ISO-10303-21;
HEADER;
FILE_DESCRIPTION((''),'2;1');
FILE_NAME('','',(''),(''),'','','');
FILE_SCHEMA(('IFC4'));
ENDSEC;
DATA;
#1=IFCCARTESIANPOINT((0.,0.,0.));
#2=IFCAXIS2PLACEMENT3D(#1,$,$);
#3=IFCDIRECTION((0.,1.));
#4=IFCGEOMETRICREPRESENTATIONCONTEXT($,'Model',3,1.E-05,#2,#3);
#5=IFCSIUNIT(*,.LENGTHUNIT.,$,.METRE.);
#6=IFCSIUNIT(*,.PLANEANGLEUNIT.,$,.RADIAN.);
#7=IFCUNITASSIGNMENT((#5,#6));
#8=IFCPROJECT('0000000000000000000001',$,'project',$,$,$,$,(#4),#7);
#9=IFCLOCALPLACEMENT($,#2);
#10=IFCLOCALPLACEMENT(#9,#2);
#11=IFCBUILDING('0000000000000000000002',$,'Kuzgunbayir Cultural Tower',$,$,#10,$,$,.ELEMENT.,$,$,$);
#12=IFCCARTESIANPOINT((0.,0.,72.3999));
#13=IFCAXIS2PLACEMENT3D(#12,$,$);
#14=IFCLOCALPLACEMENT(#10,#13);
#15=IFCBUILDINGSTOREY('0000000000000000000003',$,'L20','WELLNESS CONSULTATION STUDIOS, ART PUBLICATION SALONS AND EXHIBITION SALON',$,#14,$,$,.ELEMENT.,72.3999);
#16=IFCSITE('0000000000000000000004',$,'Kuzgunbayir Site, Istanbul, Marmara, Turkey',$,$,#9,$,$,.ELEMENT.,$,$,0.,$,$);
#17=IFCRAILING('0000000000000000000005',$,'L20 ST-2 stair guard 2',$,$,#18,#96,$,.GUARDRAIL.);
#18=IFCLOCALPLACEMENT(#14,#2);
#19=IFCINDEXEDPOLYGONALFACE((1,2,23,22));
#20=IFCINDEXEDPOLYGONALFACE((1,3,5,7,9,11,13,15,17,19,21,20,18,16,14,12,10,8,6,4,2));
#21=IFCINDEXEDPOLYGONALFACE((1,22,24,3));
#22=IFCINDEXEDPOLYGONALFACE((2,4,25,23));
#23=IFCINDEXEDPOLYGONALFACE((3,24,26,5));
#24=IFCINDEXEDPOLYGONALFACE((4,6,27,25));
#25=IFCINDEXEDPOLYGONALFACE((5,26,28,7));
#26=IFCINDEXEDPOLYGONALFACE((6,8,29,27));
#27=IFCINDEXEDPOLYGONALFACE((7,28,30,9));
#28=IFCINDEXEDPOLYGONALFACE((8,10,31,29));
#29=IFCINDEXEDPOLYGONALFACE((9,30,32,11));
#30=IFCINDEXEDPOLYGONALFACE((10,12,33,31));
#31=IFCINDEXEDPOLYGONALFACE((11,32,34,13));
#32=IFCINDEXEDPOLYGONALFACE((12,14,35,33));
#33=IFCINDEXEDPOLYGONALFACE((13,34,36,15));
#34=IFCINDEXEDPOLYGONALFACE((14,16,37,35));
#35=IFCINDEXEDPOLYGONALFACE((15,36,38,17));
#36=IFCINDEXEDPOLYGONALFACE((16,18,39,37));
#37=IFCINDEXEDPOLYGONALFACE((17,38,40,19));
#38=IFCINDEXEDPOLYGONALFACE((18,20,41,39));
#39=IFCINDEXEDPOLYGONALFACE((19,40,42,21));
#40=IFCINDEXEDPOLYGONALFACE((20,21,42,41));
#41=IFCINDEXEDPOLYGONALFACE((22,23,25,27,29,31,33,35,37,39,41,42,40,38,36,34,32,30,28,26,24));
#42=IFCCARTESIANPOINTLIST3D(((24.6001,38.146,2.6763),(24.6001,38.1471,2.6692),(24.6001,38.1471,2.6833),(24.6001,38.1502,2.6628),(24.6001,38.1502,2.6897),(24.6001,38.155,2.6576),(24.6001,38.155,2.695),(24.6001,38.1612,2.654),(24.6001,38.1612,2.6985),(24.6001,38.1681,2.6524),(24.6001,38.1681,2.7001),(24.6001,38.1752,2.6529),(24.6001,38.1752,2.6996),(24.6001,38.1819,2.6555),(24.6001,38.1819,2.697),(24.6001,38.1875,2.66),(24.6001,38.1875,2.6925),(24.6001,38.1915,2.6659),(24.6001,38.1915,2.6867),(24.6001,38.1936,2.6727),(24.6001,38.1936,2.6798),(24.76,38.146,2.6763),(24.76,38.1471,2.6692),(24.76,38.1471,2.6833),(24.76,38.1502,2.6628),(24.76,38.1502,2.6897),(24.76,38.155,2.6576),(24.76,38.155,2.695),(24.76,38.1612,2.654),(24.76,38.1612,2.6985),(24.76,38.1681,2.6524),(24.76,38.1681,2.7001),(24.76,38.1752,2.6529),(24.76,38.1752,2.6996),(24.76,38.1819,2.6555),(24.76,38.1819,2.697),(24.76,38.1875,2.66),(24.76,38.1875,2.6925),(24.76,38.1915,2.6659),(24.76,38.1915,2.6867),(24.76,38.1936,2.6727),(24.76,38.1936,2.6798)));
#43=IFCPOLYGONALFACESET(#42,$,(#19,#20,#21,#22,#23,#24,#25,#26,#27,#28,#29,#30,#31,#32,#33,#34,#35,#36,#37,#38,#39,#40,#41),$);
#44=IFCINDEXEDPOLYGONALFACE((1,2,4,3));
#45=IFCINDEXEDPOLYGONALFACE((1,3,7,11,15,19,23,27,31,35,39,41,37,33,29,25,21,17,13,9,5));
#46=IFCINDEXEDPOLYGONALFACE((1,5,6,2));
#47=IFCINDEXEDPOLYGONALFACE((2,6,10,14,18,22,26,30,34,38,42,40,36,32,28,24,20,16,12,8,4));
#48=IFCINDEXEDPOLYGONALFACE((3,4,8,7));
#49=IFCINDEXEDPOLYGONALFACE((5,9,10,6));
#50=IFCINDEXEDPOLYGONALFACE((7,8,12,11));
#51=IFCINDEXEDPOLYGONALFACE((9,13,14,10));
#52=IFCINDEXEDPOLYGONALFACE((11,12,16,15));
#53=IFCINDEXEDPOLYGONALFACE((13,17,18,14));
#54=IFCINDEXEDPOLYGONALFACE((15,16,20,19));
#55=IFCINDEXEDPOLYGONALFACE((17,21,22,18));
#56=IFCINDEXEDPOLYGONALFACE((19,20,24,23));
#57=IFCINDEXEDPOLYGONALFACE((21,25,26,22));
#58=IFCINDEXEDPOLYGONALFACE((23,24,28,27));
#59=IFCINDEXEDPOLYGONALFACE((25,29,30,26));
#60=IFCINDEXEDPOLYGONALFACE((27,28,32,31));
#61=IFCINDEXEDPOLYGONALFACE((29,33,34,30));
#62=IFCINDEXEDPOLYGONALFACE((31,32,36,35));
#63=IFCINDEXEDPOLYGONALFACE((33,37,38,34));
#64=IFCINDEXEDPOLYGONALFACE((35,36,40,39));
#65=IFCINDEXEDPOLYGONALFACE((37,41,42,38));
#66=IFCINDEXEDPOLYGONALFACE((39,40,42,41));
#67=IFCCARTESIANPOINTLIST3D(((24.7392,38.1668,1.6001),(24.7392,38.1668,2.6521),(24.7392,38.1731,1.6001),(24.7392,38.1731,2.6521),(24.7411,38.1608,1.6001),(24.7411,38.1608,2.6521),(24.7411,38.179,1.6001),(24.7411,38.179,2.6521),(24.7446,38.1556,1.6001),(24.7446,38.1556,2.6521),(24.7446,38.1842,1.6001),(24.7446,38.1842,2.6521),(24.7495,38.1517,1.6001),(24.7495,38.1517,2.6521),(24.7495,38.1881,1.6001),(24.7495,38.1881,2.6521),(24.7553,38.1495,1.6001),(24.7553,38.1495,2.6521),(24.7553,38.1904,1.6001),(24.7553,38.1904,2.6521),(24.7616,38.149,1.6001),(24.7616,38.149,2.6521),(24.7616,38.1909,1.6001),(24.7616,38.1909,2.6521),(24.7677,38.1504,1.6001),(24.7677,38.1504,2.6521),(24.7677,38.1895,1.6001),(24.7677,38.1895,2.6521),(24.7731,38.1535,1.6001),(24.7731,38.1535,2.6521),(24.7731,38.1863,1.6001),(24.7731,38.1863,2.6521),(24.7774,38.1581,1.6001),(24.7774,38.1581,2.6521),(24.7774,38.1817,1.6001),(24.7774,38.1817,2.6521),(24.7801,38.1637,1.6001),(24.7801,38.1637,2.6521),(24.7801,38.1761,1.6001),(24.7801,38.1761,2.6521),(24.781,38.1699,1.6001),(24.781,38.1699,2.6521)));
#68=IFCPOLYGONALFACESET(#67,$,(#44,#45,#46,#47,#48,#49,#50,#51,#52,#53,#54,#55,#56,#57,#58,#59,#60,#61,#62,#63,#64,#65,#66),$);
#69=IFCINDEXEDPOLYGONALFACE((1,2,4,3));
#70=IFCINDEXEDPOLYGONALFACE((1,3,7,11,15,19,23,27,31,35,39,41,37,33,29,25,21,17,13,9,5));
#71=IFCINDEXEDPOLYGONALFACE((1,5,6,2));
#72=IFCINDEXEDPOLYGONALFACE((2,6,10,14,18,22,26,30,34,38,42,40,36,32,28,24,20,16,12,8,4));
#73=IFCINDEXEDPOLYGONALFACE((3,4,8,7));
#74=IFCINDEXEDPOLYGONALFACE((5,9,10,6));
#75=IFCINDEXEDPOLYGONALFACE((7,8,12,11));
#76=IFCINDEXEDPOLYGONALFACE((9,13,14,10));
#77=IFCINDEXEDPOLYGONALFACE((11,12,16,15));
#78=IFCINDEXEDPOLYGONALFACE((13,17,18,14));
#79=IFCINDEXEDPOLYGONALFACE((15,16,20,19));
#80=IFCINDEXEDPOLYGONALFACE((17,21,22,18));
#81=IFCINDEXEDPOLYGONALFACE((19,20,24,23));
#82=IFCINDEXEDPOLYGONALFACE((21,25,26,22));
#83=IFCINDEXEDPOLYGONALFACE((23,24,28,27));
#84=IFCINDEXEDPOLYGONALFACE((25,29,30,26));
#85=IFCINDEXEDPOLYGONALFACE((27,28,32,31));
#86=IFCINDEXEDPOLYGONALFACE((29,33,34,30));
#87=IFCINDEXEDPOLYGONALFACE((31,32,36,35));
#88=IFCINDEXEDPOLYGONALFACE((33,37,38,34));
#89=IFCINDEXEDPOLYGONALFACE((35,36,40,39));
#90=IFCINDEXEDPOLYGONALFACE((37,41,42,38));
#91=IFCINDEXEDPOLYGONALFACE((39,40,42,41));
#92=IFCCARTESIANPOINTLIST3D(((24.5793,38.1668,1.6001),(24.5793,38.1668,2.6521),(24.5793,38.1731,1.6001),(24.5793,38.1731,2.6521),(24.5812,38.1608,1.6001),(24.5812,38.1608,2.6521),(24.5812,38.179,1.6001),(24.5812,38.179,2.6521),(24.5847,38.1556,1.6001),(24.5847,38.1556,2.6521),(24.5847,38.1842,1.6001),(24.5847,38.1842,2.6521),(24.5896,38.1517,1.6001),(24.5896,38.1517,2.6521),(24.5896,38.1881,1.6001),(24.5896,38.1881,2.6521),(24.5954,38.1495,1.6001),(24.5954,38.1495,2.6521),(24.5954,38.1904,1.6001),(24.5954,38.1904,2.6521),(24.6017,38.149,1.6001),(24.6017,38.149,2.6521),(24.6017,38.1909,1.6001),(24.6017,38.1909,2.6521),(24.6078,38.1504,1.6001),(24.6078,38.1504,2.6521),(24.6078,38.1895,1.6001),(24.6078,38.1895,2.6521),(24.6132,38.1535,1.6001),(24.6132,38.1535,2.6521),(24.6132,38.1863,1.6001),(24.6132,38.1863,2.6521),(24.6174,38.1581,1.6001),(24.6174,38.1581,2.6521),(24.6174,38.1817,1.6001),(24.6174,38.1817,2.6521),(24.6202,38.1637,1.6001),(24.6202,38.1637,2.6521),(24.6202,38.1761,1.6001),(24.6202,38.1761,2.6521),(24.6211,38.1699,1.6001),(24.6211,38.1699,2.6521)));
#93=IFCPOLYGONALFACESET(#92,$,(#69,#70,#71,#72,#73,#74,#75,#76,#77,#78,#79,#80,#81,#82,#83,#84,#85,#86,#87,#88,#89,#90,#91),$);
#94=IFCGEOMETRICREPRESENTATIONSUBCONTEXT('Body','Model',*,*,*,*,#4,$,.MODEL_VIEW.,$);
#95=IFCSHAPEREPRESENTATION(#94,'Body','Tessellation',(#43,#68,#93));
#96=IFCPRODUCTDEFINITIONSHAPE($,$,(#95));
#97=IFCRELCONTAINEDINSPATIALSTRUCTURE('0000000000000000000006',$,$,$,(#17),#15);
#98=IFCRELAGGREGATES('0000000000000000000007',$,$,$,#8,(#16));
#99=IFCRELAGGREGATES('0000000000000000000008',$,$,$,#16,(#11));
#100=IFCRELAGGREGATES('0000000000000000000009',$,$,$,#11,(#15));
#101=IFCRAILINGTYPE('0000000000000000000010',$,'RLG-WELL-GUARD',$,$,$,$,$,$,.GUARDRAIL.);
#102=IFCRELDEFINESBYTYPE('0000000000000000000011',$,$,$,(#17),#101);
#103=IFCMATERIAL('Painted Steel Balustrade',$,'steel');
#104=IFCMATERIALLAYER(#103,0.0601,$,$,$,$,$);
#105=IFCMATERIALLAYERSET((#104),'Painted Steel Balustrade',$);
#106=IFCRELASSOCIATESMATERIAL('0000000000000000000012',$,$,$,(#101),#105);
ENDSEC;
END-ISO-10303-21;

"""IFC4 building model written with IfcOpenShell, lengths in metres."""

from ifc_helpers import new_model, si_unit, direction, frame, origin, origin_2d, place, context, subcontext, project, spatial, circle, extrude, material, layer, layer_set, type_object, element, save


model = new_model("IFC4")

# Units and contexts
model_context = context("Model", 3, precision=1e-05, world=origin(), true_north=direction((0.0, 1.0)))
body_context = subcontext(model_context, "Body", "Model", "MODEL_VIEW")
ifc_project = project(units=[si_unit("LENGTHUNIT", "METRE"), si_unit("PLANEANGLEUNIT", "RADIAN")], contexts=[model_context])

# Site, building, storey
site_placement = place(None, origin())
site = spatial("IfcSite", under=ifc_project, at=site_placement, Name="Kuzgunbayir Site, Istanbul, Marmara, Turkey", CompositionType="ELEMENT", RefElevation=0.0)
building_placement = place(site_placement, origin())
building = spatial("IfcBuilding", under=site, at=building_placement, Name="Kuzgunbayir Cultural Tower", CompositionType="ELEMENT")
storey_placement = place(building_placement, frame((0.0, 0.0, 72.3999)))
storey = spatial("IfcBuildingStorey", under=building, at=storey_placement, Name="L20", Description="WELLNESS CONSULTATION STUDIOS, ART PUBLICATION SALONS AND EXHIBITION SALON", CompositionType="ELEMENT", Elevation=72.3999)

# Railing
ifc_material_1 = material(Name="Painted Steel Balustrade", Category="steel")
ifc_layer_1 = layer(ifc_material_1, 0.0601)
ifc_layer_set_1 = layer_set([ifc_layer_1], Name="Painted Steel Balustrade")
railing_type_1 = type_object("IfcRailingType", Name="RLG-WELL-GUARD", PredefinedType="GUARDRAIL", material=ifc_layer_set_1)
railing_1_placement = place(storey_placement, frame((24.76, 38.1699, 1.6001)))
element("IfcRailing", 1, at=railing_1_placement, inside=storey, type_object=railing_type_1, Name="L20 ST-2 stair guard 2", PredefinedType="GUARDRAIL", context=body_context, shape_type="SweptSolid", body=[
    extrude(circle(Radius=0.0239, at=origin_2d()), frame((0.0, 0.0, 1.0762), z_axis=(-1.0, 0.0, 0.0), x_axis=(0.0, -1.0, 0.0)), (0.0, 0.0, 1.0), 0.1599),
    extrude(circle(Radius=0.021, at=origin_2d()), origin(), (0.0, 0.0, 1.0), 1.052),
    extrude(circle(Radius=0.021, at=origin_2d()), frame((-0.1599, 0.0, 0.0)), (0.0, 0.0, 1.0), 1.052),
])

save(model, "model.ifc")
